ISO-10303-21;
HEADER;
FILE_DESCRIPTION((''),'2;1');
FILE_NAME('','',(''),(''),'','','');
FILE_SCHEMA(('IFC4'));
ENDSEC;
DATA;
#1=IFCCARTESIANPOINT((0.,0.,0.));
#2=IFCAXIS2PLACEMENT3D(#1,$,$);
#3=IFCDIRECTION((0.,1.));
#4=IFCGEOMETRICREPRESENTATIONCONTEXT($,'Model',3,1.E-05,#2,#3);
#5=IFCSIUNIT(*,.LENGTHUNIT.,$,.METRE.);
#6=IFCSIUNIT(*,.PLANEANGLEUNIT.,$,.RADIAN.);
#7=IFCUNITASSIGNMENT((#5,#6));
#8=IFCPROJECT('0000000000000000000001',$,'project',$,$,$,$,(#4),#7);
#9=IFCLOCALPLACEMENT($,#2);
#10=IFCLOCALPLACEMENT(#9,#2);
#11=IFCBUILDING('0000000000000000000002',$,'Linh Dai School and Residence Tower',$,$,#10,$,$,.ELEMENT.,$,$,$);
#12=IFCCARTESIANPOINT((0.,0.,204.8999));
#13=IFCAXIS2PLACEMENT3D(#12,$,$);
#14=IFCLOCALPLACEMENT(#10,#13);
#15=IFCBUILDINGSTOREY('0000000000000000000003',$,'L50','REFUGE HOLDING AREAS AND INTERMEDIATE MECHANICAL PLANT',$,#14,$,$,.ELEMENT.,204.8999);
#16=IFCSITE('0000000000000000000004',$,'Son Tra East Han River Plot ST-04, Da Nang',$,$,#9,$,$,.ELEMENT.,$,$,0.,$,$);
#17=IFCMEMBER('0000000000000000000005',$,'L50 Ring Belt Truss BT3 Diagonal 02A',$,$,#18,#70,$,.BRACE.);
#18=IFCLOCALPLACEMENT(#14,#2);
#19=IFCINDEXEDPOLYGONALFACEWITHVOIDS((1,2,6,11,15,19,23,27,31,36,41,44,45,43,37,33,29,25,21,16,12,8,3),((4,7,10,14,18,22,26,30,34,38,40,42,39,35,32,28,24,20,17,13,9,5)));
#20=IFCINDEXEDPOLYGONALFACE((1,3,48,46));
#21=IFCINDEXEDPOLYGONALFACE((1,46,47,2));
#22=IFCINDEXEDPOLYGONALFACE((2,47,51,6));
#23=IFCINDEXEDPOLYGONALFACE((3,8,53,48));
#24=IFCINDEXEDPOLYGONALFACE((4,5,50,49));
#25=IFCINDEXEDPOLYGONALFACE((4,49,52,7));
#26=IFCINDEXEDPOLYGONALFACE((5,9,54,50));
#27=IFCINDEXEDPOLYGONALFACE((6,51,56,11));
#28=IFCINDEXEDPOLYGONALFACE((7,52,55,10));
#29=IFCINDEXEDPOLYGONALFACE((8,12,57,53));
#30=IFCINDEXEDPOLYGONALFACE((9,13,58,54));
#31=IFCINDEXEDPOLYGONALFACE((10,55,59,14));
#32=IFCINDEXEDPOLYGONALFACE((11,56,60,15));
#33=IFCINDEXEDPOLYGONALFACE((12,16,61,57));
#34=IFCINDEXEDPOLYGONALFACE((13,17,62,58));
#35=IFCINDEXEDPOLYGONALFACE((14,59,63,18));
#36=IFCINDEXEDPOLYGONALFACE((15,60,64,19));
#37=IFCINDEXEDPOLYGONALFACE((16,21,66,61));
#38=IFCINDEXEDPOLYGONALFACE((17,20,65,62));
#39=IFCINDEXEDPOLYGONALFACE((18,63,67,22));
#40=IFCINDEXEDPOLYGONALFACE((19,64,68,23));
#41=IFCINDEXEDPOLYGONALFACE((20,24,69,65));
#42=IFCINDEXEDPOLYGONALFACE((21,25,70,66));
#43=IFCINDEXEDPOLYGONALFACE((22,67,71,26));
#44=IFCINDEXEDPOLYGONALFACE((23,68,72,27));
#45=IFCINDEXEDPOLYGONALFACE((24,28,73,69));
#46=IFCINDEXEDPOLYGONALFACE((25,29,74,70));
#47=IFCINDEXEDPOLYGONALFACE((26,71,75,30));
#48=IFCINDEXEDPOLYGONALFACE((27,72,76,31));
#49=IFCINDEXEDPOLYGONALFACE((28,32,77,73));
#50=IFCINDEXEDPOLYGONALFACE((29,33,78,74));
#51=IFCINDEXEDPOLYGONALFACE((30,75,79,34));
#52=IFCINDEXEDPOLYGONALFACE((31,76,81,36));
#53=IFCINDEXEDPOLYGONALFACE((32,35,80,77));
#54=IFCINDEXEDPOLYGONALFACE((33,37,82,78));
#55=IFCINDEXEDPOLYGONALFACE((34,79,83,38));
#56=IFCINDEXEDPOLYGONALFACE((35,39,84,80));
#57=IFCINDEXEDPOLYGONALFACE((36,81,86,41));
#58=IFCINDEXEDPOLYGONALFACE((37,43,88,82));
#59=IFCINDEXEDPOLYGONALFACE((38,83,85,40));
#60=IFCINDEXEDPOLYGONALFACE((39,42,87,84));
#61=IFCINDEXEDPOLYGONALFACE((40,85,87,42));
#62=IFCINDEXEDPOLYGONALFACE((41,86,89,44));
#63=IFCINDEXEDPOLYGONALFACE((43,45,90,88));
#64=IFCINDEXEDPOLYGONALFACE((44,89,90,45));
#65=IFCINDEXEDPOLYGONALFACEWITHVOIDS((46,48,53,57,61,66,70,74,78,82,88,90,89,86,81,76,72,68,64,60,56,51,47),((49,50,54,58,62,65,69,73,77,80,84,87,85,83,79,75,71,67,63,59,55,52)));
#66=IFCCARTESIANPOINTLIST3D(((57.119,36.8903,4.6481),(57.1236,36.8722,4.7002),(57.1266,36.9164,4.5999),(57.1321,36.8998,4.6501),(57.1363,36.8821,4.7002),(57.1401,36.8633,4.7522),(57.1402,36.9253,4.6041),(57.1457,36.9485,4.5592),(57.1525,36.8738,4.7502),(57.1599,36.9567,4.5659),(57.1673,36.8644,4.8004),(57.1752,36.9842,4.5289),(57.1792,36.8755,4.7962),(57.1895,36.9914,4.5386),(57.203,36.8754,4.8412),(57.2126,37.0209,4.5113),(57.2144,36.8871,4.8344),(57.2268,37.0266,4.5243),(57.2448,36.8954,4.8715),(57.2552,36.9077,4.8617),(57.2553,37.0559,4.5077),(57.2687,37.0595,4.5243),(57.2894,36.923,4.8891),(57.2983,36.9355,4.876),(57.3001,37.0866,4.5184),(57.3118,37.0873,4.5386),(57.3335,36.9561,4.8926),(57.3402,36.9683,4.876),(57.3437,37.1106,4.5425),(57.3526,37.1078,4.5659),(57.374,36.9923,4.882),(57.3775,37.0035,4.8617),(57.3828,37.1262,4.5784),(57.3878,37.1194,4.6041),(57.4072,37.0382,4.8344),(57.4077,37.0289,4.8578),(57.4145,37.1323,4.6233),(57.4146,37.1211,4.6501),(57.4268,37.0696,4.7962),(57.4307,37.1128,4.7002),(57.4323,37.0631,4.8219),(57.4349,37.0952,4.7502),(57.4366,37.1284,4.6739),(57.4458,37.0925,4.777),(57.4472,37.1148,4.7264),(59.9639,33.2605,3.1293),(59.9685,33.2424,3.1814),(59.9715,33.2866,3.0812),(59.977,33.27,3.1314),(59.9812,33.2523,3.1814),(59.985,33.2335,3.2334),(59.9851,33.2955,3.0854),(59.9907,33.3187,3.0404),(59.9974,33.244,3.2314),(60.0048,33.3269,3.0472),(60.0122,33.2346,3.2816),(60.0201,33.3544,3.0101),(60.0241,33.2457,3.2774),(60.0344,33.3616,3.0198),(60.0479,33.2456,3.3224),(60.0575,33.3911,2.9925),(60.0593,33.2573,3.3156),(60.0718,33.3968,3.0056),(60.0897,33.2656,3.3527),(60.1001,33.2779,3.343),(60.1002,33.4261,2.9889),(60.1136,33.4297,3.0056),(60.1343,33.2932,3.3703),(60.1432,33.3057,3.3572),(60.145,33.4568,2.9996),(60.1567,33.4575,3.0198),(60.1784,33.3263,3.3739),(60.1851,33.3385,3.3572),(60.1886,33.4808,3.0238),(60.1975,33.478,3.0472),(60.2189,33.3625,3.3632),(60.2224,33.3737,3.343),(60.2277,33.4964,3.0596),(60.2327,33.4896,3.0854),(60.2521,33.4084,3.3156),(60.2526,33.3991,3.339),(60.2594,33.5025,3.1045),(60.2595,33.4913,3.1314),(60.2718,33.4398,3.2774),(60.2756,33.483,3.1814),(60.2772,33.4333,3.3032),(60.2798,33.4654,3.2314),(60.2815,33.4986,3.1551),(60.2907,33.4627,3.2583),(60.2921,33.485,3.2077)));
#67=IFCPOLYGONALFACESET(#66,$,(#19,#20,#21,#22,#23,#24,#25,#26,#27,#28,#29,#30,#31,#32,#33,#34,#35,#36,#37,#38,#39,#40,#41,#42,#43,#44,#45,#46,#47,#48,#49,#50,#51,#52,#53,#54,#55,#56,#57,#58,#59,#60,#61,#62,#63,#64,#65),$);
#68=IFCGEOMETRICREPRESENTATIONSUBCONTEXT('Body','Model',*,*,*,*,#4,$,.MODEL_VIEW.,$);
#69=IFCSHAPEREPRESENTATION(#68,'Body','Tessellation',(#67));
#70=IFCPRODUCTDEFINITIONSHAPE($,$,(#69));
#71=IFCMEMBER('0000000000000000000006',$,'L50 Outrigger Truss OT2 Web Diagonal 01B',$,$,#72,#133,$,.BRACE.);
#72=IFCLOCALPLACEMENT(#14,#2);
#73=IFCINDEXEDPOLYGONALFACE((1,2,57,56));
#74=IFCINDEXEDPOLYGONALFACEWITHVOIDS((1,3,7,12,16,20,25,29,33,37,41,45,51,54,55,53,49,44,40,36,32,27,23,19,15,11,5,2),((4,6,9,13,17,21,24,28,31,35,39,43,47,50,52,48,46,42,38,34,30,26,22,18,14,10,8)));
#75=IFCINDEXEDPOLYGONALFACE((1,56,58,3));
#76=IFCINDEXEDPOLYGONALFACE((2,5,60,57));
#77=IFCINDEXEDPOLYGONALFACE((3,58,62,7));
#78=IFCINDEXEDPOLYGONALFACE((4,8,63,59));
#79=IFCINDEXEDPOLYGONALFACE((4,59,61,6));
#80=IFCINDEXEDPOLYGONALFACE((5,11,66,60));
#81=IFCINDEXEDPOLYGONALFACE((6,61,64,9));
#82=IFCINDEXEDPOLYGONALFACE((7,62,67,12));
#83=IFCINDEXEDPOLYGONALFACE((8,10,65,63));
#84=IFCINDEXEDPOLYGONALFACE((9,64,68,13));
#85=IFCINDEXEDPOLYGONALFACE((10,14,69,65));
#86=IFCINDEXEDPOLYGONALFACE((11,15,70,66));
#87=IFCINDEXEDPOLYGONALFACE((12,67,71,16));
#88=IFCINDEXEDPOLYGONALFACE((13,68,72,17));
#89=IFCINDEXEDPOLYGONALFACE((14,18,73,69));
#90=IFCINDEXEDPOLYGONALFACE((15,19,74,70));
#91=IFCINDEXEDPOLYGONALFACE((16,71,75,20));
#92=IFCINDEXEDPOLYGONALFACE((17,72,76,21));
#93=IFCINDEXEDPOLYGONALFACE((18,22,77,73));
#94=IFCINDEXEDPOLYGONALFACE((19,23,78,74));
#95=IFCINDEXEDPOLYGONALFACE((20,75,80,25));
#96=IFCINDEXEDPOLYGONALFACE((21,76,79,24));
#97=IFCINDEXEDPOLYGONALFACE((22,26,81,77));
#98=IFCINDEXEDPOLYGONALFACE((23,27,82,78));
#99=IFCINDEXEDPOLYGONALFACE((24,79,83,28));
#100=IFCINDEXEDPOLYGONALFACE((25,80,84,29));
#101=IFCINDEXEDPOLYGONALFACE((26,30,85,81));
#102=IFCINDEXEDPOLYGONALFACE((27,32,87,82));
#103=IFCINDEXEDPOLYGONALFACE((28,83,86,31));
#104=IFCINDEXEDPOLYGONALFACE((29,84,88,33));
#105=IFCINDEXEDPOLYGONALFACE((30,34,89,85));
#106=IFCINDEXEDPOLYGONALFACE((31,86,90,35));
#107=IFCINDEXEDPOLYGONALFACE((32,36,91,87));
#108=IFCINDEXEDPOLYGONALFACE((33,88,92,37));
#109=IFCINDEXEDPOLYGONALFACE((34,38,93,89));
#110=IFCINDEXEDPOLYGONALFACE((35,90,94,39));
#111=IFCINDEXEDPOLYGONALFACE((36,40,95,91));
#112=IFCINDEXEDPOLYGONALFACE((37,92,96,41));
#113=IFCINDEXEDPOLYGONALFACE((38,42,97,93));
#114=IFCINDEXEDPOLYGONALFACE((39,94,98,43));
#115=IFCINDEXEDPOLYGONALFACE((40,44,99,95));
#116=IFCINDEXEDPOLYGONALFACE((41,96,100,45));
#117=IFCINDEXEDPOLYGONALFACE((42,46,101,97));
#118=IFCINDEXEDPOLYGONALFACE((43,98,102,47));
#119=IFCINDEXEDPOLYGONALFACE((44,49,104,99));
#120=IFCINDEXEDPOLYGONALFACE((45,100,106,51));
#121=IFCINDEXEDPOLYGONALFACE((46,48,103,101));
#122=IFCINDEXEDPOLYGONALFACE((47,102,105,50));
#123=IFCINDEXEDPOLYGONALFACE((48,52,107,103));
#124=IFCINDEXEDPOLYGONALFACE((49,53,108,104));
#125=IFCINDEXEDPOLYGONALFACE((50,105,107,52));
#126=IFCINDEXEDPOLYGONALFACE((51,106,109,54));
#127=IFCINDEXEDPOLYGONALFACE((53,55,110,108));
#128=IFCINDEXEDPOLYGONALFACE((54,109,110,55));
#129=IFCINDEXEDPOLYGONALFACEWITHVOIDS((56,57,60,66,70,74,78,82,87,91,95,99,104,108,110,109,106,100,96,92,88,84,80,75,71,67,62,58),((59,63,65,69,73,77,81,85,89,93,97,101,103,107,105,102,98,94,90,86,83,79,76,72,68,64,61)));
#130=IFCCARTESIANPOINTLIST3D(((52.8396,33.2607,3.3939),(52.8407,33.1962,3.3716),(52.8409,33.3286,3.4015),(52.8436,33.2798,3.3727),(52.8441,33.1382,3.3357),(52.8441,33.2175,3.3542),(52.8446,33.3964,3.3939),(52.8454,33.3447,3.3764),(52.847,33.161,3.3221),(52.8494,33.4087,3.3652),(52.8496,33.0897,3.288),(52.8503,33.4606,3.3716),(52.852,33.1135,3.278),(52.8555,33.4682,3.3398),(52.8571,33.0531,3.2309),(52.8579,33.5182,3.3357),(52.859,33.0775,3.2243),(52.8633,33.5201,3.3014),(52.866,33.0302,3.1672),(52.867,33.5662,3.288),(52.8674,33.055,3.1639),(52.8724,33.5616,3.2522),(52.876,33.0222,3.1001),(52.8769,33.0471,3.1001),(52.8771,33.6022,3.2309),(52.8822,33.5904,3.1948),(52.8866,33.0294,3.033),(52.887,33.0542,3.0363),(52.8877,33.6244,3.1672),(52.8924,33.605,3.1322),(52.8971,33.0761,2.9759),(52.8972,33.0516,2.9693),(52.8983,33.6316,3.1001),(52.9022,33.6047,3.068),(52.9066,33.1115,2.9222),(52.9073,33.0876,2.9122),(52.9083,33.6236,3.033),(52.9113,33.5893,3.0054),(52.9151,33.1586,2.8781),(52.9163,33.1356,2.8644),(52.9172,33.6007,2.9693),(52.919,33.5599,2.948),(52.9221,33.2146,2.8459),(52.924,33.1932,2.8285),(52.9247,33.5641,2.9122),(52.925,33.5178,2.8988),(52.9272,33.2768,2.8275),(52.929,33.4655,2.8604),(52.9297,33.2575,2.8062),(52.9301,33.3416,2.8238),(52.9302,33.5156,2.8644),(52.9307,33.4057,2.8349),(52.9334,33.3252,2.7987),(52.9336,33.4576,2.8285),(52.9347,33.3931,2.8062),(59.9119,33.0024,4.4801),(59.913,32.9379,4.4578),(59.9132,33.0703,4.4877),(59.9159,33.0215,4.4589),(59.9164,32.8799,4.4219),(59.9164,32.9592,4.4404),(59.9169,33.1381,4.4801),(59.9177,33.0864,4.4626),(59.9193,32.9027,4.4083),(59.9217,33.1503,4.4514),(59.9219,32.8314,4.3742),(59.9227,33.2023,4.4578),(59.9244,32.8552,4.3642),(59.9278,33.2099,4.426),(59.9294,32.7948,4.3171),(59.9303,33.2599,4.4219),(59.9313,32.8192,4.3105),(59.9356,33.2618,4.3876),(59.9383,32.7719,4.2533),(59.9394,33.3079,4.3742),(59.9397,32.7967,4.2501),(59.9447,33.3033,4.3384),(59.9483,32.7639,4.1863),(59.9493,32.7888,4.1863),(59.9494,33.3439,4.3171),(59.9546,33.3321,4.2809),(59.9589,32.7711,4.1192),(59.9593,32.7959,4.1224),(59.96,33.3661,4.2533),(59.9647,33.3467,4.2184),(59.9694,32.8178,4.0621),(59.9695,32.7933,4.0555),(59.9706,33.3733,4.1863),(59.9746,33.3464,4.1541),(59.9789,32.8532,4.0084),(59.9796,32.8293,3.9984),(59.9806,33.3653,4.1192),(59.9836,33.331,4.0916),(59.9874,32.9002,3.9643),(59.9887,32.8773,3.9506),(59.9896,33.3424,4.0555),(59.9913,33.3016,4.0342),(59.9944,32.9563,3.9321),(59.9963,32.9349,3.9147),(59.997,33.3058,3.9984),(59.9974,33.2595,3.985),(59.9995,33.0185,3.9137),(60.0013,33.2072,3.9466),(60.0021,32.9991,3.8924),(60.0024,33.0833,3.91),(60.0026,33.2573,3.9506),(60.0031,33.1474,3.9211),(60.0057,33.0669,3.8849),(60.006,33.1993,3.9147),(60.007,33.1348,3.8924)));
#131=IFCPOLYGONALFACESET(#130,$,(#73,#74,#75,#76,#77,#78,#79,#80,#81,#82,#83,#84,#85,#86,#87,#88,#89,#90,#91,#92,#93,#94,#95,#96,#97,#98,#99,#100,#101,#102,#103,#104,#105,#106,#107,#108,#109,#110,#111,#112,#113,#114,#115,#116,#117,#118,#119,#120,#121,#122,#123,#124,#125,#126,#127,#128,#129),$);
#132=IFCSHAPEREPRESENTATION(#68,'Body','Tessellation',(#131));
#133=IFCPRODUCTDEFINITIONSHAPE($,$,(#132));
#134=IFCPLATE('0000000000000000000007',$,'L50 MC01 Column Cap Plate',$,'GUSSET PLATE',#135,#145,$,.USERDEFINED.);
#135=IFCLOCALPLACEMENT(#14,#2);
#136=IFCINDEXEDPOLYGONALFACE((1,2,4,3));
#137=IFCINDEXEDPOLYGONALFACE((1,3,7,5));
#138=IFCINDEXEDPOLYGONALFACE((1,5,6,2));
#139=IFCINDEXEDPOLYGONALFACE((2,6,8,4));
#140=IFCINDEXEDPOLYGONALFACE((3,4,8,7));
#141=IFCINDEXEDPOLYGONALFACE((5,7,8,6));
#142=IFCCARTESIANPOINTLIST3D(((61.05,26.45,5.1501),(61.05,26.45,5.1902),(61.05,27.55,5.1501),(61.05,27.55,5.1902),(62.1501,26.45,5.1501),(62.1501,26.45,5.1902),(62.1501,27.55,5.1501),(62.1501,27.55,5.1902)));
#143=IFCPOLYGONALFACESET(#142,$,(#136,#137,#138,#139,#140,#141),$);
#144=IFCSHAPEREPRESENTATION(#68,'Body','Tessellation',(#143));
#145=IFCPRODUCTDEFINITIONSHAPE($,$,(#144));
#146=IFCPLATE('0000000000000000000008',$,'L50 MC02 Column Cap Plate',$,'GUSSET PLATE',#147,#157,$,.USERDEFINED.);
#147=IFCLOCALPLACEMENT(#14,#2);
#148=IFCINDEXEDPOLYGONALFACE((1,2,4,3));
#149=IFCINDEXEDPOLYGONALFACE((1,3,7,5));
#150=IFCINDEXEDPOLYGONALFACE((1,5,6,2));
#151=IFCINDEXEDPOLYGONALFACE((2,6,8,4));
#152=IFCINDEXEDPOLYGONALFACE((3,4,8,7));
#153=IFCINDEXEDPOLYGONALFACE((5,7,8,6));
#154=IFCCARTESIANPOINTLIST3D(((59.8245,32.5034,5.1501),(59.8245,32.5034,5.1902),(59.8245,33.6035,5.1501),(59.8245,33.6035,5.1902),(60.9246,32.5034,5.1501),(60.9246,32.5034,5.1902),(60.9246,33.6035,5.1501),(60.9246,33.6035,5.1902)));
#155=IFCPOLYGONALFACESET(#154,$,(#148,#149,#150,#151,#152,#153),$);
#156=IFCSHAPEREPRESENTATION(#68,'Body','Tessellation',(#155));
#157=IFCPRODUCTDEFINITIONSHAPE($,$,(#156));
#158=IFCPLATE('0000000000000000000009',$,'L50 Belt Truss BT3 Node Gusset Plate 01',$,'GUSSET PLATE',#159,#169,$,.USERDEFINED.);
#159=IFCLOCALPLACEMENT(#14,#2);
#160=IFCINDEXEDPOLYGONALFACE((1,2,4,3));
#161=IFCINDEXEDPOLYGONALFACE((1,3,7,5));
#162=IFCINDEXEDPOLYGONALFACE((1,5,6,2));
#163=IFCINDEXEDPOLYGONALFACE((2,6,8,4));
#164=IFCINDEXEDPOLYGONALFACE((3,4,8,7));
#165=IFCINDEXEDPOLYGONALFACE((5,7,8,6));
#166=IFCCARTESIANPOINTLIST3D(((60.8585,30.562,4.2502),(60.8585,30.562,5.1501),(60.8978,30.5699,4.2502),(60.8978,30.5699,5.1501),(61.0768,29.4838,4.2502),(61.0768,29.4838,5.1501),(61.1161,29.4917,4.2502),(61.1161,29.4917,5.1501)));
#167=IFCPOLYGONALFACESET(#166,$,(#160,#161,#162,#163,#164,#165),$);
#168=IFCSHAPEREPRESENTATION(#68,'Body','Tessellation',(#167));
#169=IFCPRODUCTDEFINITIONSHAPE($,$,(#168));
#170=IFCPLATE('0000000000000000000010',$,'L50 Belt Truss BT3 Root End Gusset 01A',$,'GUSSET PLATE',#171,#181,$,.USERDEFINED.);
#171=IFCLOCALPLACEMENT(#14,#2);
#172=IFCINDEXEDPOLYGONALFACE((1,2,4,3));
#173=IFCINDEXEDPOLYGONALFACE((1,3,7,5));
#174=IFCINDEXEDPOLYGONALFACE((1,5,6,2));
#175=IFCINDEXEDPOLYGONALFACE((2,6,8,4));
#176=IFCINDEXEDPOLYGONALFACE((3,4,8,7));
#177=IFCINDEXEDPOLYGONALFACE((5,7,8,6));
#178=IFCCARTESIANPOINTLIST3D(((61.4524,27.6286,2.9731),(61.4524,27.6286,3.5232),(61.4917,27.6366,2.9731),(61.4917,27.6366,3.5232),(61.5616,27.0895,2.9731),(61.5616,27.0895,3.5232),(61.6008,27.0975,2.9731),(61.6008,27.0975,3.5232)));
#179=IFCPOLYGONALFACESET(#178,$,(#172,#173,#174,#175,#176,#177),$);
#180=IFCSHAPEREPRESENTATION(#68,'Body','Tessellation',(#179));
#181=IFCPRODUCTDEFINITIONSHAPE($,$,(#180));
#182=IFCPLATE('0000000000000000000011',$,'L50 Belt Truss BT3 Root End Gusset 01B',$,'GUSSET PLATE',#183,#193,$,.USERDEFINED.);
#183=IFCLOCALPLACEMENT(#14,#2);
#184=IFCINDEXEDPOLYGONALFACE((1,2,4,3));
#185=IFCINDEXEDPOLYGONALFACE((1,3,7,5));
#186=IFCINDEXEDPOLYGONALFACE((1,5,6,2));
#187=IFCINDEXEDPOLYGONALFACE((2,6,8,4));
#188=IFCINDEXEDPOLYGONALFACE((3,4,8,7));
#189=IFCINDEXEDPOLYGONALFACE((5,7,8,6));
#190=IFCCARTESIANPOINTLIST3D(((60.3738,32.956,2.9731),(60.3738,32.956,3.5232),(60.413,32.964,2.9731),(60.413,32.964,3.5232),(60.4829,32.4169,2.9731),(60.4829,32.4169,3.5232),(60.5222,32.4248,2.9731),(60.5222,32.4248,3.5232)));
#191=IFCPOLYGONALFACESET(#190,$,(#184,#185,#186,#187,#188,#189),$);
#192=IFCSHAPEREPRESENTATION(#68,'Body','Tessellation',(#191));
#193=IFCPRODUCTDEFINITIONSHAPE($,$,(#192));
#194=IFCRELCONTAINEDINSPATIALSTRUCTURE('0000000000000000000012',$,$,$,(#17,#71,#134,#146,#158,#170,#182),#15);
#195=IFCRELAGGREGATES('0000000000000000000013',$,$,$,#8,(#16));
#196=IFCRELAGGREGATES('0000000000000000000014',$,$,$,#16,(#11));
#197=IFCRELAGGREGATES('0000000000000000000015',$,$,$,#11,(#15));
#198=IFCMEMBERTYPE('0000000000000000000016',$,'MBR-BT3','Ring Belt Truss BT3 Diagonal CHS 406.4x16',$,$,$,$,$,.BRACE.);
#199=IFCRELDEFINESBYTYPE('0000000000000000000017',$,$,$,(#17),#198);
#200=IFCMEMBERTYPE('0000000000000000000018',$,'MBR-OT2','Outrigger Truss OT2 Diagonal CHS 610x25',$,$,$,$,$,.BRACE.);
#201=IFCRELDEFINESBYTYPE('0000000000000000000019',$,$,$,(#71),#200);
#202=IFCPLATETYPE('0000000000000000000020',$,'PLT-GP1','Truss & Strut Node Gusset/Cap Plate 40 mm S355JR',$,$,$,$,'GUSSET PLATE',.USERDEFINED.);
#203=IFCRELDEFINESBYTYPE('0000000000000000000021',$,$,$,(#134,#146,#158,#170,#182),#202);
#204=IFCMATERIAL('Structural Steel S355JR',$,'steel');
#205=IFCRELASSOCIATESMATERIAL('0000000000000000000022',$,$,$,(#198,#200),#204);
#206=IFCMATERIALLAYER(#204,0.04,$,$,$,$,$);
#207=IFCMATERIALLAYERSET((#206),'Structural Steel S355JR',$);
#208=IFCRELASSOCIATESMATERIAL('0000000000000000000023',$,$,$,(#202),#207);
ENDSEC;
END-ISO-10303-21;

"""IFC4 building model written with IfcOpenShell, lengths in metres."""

from ifc_helpers import new_model, si_unit, direction, frame, origin, origin_2d, place, context, subcontext, project, spatial, rectangle, hollow_circle, extrude, source, transform, mapped, material, layer, layer_set, material_profile, profile_set, type_object, element, save


model = new_model("IFC4")

# Units and contexts
model_context = context("Model", 3, precision=1e-05, world=origin(), true_north=direction((0.0, 1.0)))
body_context = subcontext(model_context, "Body", "Model", "MODEL_VIEW")
ifc_project = project(units=[si_unit("LENGTHUNIT", "METRE"), si_unit("PLANEANGLEUNIT", "RADIAN")], contexts=[model_context])

# Site, building, storey
site_placement = place(None, origin())
site = spatial("IfcSite", under=ifc_project, at=site_placement, Name="Son Tra East Han River Plot ST-04, Da Nang", CompositionType="ELEMENT", RefElevation=0.0)
building_placement = place(site_placement, origin())
building = spatial("IfcBuilding", under=site, at=building_placement, Name="Linh Dai School and Residence Tower", CompositionType="ELEMENT")
storey_placement = place(building_placement, frame((0.0, 0.0, 204.8999)))
storey = spatial("IfcBuildingStorey", under=building, at=storey_placement, Name="L50", Description="REFUGE HOLDING AREAS AND INTERMEDIATE MECHANICAL PLANT", CompositionType="ELEMENT", Elevation=204.8999)

# Shared definitions
ifc_material_1 = material(Name="Structural Steel S355JR", Category="steel")

# Members
ifc_material_profile_1 = material_profile(ifc_material_1, hollow_circle(Radius=0.2031, WallThickness=0.0161, at=origin_2d()), Name="CHS 406.4x16")
ifc_profile_set_1 = profile_set([ifc_material_profile_1], Name="Structural Steel S355JR")
member_type_1 = type_object("IfcMemberType", Name="MBR-BT3", Description="Ring Belt Truss BT3 Diagonal CHS 406.4x16", PredefinedType="BRACE", material=ifc_profile_set_1)
member_1_placement = place(storey_placement, frame((60.1284, 33.3677, 3.1814), z_axis=(-0.585918, 0.747569, 0.312795), x_axis=(-0.787064, -0.616872, 0.0)))
element("IfcMember", 1, at=member_1_placement, inside=storey, type_object=member_type_1, Name="L50 Ring Belt Truss BT3 Diagonal 02A", PredefinedType="BRACE", context=body_context, shape_type="SweptSolid", body=[
    extrude(hollow_circle(Radius=0.2031, WallThickness=0.0161, at=origin_2d()), origin(), (0.0, 0.0, 1.0), 4.8555),
])
ifc_material_profile_2 = material_profile(ifc_material_1, hollow_circle(Radius=0.3049, WallThickness=0.0249, at=origin_2d()), Name="CHS 610x25")
ifc_profile_set_2 = profile_set([ifc_material_profile_2], Name="Structural Steel S355JR")
member_type_2 = type_object("IfcMemberType", Name="MBR-OT2", Description="Outrigger Truss OT2 Diagonal CHS 610x25", PredefinedType="BRACE", material=ifc_profile_set_2)
member_2_placement = place(storey_placement, frame((59.9595, 33.0686, 4.1863), z_axis=(-0.987767, 0.036076, -0.151705), x_axis=(-0.036499, -0.999334, 0.0)))
element("IfcMember", 2, at=member_2_placement, inside=storey, type_object=member_type_2, Name="L50 Outrigger Truss OT2 Web Diagonal 01B", PredefinedType="BRACE", context=body_context, shape_type="SweptSolid", body=[
    extrude(hollow_circle(Radius=0.3049, WallThickness=0.0249, at=origin_2d()), origin(), (0.0, 0.0, 1.0), 7.1599),
])

# Plates
ifc_layer_1 = layer(ifc_material_1, 0.04)
ifc_layer_set_1 = layer_set([ifc_layer_1], Name="Structural Steel S355JR")
plate_type = type_object("IfcPlateType", Name="PLT-GP1", Description="Truss & Strut Node Gusset/Cap Plate 40 mm S355JR", ElementType="GUSSET PLATE", PredefinedType="USERDEFINED", material=ifc_layer_set_1)
shared_shape_1 = source(origin(), body_context, "Body", "SweptSolid", [
    extrude(rectangle(XDim=1.1001, YDim=1.1001, at=origin_2d()), origin(), (0.0, 0.0, 1.0), 0.04),
])
for number, where, z_axis, x_axis, name in (
    (3, (61.6001, 27.0, 5.1501), (0.0, 0.0, 1.0), (1.0, 0.0, 0.0), "L50 MC01 Column Cap Plate"),
    (4, (60.3745, 33.0535, 5.1501), (0.0, 0.0, 1.0), (1.0, 0.0, 0.0), "L50 MC02 Column Cap Plate"),
):
    element("IfcPlate", number, at=place(storey_placement, frame(where, z_axis=z_axis, x_axis=x_axis)), inside=storey, type_object=plate_type, Name=name, ObjectType="GUSSET PLATE", PredefinedType="USERDEFINED", context=body_context, shape_type="MappedRepresentation", body=[
        mapped(shared_shape_1, transform((0.0, 0.0, 0.0), x_axis=(1.0, 0.0, 0.0), y_axis=(0.0, 1.0, 0.0), z_axis=(0.0, 0.0, 1.0), scale=1.0)),
    ])
shared_shape_2 = source(origin(), body_context, "Body", "SweptSolid", [
    extrude(rectangle(XDim=1.1001, YDim=0.04, at=origin_2d()), origin(), (0.0, 0.0, 1.0), 0.8999),
])
plate_1_placement = place(storey_placement, frame((60.9873, 30.0269, 4.2502), z_axis=(0.0, 0.0, 1.0), x_axis=(-0.198424, 0.980116, 0.0)))
element("IfcPlate", 5, at=plate_1_placement, inside=storey, type_object=plate_type, Name="L50 Belt Truss BT3 Node Gusset Plate 01", ObjectType="GUSSET PLATE", PredefinedType="USERDEFINED", context=body_context, shape_type="MappedRepresentation", body=[
    mapped(shared_shape_2, transform((0.0, 0.0, 0.0), x_axis=(1.0, 0.0, 0.0), y_axis=(0.0, 1.0, 0.0), z_axis=(0.0, 0.0, 1.0), scale=1.0)),
])
shared_shape_3 = source(origin(), body_context, "Body", "SweptSolid", [
    extrude(rectangle(XDim=0.55, YDim=0.04, at=origin_2d()), origin(), (0.0, 0.0, 1.0), 0.55),
])
for number, where, z_axis, x_axis, name in (
    (6, (61.5266, 27.363, 2.9731), (0.0, 0.0, 1.0), (-0.198424, 0.980116, 0.0), "L50 Belt Truss BT3 Root End Gusset 01A"),
    (7, (60.448, 32.6904, 2.9731), (0.0, 0.0, 1.0), (-0.198424, 0.980116, 0.0), "L50 Belt Truss BT3 Root End Gusset 01B"),
):
    element("IfcPlate", number, at=place(storey_placement, frame(where, z_axis=z_axis, x_axis=x_axis)), inside=storey, type_object=plate_type, Name=name, ObjectType="GUSSET PLATE", PredefinedType="USERDEFINED", context=body_context, shape_type="MappedRepresentation", body=[
        mapped(shared_shape_3, transform((0.0, 0.0, 0.0), x_axis=(1.0, 0.0, 0.0), y_axis=(0.0, 1.0, 0.0), z_axis=(0.0, 0.0, 1.0), scale=1.0)),
    ])

save(model, "model.ifc")
